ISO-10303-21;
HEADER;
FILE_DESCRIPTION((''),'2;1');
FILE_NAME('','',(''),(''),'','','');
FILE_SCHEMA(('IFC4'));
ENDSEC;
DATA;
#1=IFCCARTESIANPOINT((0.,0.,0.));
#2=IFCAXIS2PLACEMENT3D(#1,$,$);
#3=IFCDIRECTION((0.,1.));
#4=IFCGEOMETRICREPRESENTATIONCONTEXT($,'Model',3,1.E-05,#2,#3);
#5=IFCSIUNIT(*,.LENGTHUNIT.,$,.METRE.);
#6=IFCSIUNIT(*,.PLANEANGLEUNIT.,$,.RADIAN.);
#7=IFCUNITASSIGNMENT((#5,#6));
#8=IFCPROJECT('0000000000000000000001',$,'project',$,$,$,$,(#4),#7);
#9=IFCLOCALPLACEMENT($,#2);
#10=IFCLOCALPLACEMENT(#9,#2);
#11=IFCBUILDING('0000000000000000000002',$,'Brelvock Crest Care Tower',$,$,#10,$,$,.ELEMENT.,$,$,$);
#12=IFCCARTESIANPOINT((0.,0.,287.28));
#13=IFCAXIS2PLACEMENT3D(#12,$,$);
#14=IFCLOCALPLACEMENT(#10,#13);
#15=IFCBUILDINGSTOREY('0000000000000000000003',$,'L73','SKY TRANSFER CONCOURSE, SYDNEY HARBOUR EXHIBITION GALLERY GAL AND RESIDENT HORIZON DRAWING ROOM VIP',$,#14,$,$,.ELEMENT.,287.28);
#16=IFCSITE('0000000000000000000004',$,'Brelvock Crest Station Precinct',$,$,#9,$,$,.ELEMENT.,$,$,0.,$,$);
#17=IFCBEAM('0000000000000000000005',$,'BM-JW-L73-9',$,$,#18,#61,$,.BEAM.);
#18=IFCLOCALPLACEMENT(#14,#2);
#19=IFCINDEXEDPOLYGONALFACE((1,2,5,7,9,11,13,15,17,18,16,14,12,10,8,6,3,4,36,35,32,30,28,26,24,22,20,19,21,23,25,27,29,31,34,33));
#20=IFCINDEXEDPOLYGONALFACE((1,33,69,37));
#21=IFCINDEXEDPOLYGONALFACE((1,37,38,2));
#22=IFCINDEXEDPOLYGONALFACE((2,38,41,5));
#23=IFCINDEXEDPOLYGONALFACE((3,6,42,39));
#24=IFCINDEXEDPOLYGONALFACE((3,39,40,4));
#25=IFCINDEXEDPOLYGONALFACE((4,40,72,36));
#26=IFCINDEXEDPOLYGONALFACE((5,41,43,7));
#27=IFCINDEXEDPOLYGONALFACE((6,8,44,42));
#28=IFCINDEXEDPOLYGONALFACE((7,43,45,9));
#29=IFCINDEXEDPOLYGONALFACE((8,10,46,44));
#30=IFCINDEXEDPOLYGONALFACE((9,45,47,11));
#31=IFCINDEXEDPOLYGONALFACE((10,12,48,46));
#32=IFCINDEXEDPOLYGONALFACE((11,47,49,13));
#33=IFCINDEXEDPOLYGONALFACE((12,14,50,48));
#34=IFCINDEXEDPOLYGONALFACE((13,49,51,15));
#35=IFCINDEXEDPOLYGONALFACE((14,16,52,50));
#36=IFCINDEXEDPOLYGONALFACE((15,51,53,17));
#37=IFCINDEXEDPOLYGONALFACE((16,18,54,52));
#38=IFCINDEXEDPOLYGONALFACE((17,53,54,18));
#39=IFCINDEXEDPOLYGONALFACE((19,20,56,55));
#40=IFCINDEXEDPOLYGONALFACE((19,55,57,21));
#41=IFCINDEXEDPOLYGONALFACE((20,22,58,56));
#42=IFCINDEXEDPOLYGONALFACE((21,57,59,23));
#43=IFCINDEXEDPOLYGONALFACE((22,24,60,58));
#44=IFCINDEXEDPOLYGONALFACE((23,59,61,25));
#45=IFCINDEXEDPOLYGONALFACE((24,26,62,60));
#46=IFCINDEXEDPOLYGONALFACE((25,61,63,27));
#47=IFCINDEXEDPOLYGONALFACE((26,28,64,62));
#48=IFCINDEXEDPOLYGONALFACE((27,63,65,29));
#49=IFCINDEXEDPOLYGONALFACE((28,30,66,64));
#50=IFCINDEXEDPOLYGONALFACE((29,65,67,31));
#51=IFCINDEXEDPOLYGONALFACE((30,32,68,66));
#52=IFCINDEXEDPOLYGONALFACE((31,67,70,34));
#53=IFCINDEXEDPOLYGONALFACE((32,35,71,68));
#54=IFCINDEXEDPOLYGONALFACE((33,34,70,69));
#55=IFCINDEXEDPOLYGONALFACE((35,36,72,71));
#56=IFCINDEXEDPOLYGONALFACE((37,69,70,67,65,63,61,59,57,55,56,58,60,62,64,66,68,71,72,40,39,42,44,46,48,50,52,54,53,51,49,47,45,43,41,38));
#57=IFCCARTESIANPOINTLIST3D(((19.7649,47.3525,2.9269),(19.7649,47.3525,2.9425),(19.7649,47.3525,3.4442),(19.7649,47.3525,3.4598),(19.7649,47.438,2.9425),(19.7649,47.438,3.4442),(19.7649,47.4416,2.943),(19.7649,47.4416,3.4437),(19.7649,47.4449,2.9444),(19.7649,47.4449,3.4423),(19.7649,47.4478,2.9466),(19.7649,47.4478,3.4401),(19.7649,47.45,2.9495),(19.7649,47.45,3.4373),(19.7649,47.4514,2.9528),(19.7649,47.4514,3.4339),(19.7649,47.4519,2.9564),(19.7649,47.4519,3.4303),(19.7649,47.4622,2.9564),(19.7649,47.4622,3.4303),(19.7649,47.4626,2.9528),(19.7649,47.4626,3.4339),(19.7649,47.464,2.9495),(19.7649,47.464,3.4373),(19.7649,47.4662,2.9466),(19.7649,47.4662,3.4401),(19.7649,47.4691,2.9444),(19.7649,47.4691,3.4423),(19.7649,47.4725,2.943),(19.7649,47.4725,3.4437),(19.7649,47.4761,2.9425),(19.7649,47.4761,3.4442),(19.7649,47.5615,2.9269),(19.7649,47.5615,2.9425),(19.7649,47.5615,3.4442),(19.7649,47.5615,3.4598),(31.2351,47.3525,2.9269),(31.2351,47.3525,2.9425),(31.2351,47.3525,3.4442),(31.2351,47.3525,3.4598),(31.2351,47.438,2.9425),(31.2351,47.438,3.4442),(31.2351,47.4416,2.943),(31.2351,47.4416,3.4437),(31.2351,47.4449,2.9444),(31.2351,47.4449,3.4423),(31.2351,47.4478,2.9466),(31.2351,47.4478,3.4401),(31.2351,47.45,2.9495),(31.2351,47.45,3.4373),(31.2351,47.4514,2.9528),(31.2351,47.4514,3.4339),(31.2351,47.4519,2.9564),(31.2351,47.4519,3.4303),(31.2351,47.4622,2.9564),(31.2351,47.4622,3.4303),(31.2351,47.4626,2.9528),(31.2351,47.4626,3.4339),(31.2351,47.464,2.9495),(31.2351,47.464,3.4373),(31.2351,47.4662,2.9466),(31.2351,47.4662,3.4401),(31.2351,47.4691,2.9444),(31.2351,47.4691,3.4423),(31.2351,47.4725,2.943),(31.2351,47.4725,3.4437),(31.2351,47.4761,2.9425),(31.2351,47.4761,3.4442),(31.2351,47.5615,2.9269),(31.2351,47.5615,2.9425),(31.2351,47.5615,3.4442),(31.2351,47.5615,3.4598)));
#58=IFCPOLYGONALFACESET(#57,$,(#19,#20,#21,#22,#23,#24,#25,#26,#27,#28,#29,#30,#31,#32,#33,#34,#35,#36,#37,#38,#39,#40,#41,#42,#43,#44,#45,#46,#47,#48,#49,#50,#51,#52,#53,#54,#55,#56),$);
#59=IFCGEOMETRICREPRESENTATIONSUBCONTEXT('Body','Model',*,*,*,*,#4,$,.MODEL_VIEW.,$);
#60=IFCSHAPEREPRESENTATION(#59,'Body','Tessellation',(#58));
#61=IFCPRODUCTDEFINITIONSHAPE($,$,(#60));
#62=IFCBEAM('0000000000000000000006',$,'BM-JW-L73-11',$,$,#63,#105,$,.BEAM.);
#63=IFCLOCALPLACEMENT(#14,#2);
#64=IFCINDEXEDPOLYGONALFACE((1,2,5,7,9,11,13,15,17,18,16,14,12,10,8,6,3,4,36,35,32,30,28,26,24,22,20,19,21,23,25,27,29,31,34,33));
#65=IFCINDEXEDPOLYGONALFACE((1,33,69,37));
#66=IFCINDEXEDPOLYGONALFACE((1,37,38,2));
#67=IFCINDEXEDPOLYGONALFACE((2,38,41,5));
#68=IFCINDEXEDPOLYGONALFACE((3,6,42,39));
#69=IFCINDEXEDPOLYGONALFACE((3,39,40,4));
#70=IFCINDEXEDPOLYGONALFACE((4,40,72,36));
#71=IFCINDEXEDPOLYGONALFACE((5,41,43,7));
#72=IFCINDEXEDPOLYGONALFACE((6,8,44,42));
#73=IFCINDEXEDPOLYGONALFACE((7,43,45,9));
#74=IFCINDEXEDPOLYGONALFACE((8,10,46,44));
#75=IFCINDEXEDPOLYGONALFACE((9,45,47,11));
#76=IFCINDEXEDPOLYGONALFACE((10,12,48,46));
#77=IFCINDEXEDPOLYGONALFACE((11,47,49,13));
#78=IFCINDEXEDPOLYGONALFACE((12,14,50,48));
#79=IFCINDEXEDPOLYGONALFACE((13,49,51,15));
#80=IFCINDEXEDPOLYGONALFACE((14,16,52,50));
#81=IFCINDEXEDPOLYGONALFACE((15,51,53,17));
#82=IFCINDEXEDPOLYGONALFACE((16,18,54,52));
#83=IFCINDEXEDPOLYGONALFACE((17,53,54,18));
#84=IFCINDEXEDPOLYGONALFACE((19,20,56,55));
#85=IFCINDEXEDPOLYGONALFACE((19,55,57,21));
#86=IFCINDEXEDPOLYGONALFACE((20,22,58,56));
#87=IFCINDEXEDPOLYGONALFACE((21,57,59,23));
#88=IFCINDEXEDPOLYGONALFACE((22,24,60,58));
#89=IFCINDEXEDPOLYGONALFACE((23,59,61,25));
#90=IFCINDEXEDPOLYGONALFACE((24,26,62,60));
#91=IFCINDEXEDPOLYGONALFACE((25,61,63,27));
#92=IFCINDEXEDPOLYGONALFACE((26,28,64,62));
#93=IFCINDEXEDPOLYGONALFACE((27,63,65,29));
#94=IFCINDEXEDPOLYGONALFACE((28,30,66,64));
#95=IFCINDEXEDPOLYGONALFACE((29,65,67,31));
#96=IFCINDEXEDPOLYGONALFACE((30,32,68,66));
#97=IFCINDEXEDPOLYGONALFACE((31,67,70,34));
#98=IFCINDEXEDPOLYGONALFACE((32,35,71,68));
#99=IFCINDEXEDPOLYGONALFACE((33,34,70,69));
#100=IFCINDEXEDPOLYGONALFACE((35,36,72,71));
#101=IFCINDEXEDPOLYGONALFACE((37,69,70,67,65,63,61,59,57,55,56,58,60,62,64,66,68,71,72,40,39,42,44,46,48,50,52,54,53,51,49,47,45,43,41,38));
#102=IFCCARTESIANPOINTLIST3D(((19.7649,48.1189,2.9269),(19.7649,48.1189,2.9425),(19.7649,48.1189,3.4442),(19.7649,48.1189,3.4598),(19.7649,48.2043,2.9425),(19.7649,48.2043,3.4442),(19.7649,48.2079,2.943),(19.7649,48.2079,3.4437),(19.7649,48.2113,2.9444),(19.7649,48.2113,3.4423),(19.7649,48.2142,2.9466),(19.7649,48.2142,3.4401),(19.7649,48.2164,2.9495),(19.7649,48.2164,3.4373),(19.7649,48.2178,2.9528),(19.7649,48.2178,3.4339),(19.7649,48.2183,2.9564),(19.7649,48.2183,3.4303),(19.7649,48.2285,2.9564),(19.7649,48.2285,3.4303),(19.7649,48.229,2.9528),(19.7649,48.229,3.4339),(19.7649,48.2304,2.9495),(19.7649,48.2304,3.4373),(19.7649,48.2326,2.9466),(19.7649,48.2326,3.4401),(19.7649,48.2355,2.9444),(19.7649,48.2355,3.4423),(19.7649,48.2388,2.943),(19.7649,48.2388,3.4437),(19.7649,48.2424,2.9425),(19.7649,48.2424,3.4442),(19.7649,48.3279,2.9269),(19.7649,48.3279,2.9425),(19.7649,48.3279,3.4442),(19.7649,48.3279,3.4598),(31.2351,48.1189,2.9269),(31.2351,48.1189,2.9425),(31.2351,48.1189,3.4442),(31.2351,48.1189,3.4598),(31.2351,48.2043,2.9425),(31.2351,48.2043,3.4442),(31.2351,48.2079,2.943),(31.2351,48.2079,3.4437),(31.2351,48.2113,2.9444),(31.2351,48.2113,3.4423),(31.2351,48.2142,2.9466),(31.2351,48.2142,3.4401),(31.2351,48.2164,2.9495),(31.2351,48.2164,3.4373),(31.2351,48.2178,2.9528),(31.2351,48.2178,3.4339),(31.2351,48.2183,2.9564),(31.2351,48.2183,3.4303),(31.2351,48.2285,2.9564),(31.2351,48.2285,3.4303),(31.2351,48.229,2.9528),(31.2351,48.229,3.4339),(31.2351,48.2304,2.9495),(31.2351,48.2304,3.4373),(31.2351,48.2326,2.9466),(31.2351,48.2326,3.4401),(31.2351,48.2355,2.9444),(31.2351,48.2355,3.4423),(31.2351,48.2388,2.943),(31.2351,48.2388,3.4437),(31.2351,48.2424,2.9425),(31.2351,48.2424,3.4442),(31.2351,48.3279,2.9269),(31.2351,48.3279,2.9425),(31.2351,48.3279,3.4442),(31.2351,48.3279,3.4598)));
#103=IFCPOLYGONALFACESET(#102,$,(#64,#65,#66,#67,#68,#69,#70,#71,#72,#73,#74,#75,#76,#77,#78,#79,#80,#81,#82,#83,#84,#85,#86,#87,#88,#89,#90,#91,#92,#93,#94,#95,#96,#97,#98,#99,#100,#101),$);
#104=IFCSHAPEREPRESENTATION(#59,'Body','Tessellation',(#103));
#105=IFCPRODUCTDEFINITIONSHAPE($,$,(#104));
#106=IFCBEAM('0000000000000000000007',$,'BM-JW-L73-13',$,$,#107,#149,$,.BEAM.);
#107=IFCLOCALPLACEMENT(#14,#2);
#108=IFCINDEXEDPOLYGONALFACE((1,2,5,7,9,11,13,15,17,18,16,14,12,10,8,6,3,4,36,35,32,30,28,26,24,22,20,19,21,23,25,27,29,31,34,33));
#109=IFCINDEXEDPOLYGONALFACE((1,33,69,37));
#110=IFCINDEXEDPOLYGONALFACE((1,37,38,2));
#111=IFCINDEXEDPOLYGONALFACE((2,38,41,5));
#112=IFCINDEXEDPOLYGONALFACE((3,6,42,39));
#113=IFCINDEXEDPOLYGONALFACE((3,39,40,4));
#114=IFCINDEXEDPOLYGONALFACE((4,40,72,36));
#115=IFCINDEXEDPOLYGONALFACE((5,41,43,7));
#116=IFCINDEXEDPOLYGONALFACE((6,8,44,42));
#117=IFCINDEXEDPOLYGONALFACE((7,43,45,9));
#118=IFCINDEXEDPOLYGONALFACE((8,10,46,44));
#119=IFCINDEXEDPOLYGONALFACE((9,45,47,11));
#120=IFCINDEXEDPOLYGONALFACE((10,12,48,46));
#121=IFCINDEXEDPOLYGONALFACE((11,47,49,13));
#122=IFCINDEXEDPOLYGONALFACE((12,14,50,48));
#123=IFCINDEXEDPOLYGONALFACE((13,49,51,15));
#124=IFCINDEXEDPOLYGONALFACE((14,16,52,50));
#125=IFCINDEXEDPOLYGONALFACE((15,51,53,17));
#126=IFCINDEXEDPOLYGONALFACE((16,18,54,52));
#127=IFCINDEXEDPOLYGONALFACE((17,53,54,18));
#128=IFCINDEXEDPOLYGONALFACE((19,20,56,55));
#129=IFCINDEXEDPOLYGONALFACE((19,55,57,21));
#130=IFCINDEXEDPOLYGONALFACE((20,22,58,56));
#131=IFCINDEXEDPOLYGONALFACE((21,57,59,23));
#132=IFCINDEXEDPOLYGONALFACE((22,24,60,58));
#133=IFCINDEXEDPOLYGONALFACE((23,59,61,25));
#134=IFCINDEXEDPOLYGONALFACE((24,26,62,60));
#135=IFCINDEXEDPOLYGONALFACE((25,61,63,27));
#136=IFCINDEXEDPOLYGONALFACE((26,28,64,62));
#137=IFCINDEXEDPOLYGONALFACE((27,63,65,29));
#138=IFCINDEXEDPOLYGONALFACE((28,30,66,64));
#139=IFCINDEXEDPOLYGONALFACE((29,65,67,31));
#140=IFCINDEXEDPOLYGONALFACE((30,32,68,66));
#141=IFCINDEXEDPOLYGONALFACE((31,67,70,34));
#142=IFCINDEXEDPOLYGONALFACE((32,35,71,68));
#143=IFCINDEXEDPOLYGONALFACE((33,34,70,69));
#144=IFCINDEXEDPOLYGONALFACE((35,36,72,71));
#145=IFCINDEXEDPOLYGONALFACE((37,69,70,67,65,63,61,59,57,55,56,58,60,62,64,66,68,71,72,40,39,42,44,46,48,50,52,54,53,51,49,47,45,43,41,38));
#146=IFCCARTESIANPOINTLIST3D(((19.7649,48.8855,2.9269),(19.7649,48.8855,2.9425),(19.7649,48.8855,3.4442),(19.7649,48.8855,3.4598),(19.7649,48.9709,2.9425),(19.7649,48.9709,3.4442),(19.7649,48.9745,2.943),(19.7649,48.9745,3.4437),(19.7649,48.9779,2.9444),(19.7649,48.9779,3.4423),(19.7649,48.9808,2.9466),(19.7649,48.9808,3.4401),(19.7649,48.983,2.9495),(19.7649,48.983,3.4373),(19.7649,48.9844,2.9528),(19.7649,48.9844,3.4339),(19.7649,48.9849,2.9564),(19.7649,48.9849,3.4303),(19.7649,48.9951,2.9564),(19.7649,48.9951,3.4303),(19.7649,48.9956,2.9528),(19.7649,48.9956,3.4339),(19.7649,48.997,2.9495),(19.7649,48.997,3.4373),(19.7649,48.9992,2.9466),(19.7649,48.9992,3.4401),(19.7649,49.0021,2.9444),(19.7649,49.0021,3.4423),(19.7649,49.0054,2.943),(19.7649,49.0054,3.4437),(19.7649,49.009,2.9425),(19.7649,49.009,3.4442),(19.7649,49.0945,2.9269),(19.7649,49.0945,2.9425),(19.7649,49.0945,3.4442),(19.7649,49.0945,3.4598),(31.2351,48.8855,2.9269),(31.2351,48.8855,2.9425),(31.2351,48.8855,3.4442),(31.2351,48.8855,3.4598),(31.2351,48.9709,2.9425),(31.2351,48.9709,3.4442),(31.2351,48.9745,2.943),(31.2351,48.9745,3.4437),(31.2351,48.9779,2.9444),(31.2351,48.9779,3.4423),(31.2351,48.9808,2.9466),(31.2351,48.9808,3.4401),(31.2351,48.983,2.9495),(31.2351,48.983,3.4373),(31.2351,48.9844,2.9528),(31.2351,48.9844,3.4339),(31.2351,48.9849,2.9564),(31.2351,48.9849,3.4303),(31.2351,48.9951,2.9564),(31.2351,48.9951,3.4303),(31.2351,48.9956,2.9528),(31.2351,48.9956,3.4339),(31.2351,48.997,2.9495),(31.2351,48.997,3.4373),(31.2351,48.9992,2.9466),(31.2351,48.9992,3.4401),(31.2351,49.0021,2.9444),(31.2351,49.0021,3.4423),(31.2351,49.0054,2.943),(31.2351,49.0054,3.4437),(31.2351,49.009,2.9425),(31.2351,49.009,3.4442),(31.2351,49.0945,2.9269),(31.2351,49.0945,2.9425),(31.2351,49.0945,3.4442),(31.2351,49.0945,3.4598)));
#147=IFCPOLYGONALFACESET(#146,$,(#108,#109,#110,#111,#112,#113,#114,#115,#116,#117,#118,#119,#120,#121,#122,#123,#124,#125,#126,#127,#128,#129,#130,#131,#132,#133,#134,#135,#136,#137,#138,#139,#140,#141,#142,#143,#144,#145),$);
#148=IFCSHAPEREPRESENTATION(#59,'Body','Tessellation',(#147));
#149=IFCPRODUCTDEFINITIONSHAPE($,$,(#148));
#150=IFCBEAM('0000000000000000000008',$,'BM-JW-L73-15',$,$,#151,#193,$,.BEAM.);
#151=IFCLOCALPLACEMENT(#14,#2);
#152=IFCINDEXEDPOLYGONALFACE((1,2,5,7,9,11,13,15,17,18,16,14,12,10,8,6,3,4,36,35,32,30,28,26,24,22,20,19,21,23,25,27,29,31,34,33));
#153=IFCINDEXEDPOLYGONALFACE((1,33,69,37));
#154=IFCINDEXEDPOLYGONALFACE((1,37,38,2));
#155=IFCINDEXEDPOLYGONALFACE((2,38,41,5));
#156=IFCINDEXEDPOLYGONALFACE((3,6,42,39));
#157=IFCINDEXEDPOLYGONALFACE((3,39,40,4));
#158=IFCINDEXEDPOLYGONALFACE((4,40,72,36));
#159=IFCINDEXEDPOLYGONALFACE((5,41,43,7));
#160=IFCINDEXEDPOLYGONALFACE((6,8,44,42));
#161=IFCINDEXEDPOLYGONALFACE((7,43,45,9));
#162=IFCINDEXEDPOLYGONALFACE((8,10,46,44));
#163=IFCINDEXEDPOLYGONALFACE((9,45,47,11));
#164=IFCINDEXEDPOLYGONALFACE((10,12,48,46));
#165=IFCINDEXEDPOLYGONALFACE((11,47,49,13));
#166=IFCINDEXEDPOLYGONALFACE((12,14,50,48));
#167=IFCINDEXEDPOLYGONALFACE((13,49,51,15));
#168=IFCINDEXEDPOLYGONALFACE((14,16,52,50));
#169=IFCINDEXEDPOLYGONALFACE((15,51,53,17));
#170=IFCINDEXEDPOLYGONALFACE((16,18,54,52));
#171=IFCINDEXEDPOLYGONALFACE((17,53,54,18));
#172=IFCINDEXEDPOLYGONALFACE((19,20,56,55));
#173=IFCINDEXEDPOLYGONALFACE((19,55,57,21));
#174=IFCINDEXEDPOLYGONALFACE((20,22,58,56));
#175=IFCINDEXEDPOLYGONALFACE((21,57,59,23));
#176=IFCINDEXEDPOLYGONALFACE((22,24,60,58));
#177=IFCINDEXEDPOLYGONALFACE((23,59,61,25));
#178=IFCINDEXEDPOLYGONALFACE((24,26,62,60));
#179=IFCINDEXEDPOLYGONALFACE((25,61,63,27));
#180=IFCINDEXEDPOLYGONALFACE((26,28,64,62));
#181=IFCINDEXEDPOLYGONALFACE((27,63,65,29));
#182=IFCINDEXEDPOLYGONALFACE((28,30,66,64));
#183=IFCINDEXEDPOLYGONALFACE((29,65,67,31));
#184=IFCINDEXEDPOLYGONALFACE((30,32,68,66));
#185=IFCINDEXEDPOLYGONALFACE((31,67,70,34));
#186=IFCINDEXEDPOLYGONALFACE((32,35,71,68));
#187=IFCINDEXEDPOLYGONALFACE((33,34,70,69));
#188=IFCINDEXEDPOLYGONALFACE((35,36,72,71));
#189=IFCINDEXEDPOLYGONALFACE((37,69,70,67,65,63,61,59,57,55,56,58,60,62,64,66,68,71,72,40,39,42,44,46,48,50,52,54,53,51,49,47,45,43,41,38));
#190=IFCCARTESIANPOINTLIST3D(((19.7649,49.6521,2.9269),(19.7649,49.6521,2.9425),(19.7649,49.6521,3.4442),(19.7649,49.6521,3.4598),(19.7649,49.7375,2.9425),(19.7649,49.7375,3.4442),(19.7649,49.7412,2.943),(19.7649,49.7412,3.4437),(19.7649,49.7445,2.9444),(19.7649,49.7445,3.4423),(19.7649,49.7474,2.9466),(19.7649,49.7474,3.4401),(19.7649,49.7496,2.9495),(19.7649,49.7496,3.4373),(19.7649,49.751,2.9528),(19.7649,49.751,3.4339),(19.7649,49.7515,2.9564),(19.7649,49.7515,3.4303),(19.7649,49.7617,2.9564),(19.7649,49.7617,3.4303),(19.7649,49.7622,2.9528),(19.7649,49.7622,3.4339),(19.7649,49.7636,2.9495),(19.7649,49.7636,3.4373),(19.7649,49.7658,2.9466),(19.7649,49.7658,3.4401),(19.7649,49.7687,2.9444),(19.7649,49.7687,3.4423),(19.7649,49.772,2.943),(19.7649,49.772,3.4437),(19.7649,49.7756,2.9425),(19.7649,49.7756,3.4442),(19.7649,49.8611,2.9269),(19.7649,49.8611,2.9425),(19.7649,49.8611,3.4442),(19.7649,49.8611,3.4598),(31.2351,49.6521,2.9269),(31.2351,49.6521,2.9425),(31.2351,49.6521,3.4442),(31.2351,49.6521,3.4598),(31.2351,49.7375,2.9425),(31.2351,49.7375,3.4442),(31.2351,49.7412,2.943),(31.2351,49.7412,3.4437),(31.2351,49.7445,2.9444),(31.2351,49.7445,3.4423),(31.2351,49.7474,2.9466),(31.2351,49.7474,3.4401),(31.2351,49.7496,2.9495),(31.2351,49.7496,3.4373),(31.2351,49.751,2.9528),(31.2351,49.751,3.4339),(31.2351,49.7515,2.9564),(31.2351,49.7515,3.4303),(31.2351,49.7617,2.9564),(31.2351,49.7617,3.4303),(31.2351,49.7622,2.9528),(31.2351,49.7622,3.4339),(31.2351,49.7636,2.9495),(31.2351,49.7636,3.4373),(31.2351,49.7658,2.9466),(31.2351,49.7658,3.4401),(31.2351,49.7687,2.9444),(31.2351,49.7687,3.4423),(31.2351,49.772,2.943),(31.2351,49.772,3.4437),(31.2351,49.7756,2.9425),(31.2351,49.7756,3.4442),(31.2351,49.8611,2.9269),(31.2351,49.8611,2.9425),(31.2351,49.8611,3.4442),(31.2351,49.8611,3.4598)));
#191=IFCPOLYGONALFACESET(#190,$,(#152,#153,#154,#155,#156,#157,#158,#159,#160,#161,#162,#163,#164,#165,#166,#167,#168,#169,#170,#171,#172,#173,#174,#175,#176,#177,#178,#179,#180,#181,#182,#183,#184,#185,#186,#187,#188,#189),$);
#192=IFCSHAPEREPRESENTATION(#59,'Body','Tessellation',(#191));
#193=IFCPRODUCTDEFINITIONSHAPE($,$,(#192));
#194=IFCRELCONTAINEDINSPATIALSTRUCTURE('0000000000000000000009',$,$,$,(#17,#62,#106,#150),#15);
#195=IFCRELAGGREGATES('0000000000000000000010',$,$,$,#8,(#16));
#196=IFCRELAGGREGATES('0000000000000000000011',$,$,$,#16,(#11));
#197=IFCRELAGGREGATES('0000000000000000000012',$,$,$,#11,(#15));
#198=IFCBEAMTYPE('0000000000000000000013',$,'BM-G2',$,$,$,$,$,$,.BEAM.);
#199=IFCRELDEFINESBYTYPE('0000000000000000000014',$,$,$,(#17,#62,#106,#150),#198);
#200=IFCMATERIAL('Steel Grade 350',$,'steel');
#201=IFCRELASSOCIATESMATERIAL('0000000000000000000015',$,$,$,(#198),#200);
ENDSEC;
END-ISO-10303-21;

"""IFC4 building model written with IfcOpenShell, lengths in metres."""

from ifc_helpers import new_model, si_unit, direction, frame, origin, origin_2d, place, context, subcontext, project, spatial, i_section, extrude, source, transform, mapped, material, material_profile, profile_set, type_object, element, save


model = new_model("IFC4")

# Units and contexts
model_context = context("Model", 3, precision=1e-05, world=origin(), true_north=direction((0.0, 1.0)))
body_context = subcontext(model_context, "Body", "Model", "MODEL_VIEW")
ifc_project = project(units=[si_unit("LENGTHUNIT", "METRE"), si_unit("PLANEANGLEUNIT", "RADIAN")], contexts=[model_context])

# Site, building, storey
site_placement = place(None, origin())
site = spatial("IfcSite", under=ifc_project, at=site_placement, Name="Brelvock Crest Station Precinct", CompositionType="ELEMENT", RefElevation=0.0)
building_placement = place(site_placement, origin())
building = spatial("IfcBuilding", under=site, at=building_placement, Name="Brelvock Crest Care Tower", CompositionType="ELEMENT")
storey_placement = place(building_placement, frame((0.0, 0.0, 287.28)))
storey = spatial("IfcBuildingStorey", under=building, at=storey_placement, Name="L73", Description="SKY TRANSFER CONCOURSE, SYDNEY HARBOUR EXHIBITION GALLERY GAL AND RESIDENT HORIZON DRAWING ROOM VIP", CompositionType="ELEMENT", Elevation=287.28)

# Beams
ifc_material_1 = material(Name="Steel Grade 350", Category="steel")
ifc_material_profile_1 = material_profile(ifc_material_1, i_section(OverallWidth=0.209, OverallDepth=0.533, WebThickness=0.0103, FlangeThickness=0.0156, FilletRadius=0.0139, at=origin_2d()), Name="530UB92.4")
ifc_profile_set_1 = profile_set([ifc_material_profile_1], Name="Steel Grade 350")
beam_type_1 = type_object("IfcBeamType", Name="BM-G2", PredefinedType="BEAM", material=ifc_profile_set_1)
shared_shape_1 = source(origin(), body_context, "Body", "SweptSolid", [
    extrude(i_section(OverallWidth=0.209, OverallDepth=0.533, WebThickness=0.0103, FlangeThickness=0.0156, FilletRadius=0.0139, at=origin_2d()), origin(), (0.0, 0.0, 1.0), 11.4702),
])
for number, where, z_axis, x_axis, name in (
    (1, (19.7649, 47.457, 3.1934), (1.0, 0.0, 0.0), (0.0, 1.0, 0.0), "BM-JW-L73-9"),
    (2, (19.7649, 48.2234, 3.1934), (1.0, 0.0, 0.0), (0.0, 1.0, 0.0), "BM-JW-L73-11"),
    (3, (19.7649, 48.99, 3.1934), (1.0, 0.0, 0.0), (0.0, 1.0, 0.0), "BM-JW-L73-13"),
    (4, (19.7649, 49.7566, 3.1934), (1.0, 0.0, 0.0), (0.0, 1.0, 0.0), "BM-JW-L73-15"),
):
    element("IfcBeam", number, at=place(storey_placement, frame(where, z_axis=z_axis, x_axis=x_axis)), inside=storey, type_object=beam_type_1, Name=name, PredefinedType="BEAM", context=body_context, shape_type="MappedRepresentation", body=[
        mapped(shared_shape_1, transform((0.0, 0.0, 0.0), x_axis=(1.0, 0.0, 0.0), y_axis=(0.0, 1.0, 0.0), z_axis=(0.0, 0.0, 1.0), scale=1.0)),
    ])

save(model, "model.ifc")
